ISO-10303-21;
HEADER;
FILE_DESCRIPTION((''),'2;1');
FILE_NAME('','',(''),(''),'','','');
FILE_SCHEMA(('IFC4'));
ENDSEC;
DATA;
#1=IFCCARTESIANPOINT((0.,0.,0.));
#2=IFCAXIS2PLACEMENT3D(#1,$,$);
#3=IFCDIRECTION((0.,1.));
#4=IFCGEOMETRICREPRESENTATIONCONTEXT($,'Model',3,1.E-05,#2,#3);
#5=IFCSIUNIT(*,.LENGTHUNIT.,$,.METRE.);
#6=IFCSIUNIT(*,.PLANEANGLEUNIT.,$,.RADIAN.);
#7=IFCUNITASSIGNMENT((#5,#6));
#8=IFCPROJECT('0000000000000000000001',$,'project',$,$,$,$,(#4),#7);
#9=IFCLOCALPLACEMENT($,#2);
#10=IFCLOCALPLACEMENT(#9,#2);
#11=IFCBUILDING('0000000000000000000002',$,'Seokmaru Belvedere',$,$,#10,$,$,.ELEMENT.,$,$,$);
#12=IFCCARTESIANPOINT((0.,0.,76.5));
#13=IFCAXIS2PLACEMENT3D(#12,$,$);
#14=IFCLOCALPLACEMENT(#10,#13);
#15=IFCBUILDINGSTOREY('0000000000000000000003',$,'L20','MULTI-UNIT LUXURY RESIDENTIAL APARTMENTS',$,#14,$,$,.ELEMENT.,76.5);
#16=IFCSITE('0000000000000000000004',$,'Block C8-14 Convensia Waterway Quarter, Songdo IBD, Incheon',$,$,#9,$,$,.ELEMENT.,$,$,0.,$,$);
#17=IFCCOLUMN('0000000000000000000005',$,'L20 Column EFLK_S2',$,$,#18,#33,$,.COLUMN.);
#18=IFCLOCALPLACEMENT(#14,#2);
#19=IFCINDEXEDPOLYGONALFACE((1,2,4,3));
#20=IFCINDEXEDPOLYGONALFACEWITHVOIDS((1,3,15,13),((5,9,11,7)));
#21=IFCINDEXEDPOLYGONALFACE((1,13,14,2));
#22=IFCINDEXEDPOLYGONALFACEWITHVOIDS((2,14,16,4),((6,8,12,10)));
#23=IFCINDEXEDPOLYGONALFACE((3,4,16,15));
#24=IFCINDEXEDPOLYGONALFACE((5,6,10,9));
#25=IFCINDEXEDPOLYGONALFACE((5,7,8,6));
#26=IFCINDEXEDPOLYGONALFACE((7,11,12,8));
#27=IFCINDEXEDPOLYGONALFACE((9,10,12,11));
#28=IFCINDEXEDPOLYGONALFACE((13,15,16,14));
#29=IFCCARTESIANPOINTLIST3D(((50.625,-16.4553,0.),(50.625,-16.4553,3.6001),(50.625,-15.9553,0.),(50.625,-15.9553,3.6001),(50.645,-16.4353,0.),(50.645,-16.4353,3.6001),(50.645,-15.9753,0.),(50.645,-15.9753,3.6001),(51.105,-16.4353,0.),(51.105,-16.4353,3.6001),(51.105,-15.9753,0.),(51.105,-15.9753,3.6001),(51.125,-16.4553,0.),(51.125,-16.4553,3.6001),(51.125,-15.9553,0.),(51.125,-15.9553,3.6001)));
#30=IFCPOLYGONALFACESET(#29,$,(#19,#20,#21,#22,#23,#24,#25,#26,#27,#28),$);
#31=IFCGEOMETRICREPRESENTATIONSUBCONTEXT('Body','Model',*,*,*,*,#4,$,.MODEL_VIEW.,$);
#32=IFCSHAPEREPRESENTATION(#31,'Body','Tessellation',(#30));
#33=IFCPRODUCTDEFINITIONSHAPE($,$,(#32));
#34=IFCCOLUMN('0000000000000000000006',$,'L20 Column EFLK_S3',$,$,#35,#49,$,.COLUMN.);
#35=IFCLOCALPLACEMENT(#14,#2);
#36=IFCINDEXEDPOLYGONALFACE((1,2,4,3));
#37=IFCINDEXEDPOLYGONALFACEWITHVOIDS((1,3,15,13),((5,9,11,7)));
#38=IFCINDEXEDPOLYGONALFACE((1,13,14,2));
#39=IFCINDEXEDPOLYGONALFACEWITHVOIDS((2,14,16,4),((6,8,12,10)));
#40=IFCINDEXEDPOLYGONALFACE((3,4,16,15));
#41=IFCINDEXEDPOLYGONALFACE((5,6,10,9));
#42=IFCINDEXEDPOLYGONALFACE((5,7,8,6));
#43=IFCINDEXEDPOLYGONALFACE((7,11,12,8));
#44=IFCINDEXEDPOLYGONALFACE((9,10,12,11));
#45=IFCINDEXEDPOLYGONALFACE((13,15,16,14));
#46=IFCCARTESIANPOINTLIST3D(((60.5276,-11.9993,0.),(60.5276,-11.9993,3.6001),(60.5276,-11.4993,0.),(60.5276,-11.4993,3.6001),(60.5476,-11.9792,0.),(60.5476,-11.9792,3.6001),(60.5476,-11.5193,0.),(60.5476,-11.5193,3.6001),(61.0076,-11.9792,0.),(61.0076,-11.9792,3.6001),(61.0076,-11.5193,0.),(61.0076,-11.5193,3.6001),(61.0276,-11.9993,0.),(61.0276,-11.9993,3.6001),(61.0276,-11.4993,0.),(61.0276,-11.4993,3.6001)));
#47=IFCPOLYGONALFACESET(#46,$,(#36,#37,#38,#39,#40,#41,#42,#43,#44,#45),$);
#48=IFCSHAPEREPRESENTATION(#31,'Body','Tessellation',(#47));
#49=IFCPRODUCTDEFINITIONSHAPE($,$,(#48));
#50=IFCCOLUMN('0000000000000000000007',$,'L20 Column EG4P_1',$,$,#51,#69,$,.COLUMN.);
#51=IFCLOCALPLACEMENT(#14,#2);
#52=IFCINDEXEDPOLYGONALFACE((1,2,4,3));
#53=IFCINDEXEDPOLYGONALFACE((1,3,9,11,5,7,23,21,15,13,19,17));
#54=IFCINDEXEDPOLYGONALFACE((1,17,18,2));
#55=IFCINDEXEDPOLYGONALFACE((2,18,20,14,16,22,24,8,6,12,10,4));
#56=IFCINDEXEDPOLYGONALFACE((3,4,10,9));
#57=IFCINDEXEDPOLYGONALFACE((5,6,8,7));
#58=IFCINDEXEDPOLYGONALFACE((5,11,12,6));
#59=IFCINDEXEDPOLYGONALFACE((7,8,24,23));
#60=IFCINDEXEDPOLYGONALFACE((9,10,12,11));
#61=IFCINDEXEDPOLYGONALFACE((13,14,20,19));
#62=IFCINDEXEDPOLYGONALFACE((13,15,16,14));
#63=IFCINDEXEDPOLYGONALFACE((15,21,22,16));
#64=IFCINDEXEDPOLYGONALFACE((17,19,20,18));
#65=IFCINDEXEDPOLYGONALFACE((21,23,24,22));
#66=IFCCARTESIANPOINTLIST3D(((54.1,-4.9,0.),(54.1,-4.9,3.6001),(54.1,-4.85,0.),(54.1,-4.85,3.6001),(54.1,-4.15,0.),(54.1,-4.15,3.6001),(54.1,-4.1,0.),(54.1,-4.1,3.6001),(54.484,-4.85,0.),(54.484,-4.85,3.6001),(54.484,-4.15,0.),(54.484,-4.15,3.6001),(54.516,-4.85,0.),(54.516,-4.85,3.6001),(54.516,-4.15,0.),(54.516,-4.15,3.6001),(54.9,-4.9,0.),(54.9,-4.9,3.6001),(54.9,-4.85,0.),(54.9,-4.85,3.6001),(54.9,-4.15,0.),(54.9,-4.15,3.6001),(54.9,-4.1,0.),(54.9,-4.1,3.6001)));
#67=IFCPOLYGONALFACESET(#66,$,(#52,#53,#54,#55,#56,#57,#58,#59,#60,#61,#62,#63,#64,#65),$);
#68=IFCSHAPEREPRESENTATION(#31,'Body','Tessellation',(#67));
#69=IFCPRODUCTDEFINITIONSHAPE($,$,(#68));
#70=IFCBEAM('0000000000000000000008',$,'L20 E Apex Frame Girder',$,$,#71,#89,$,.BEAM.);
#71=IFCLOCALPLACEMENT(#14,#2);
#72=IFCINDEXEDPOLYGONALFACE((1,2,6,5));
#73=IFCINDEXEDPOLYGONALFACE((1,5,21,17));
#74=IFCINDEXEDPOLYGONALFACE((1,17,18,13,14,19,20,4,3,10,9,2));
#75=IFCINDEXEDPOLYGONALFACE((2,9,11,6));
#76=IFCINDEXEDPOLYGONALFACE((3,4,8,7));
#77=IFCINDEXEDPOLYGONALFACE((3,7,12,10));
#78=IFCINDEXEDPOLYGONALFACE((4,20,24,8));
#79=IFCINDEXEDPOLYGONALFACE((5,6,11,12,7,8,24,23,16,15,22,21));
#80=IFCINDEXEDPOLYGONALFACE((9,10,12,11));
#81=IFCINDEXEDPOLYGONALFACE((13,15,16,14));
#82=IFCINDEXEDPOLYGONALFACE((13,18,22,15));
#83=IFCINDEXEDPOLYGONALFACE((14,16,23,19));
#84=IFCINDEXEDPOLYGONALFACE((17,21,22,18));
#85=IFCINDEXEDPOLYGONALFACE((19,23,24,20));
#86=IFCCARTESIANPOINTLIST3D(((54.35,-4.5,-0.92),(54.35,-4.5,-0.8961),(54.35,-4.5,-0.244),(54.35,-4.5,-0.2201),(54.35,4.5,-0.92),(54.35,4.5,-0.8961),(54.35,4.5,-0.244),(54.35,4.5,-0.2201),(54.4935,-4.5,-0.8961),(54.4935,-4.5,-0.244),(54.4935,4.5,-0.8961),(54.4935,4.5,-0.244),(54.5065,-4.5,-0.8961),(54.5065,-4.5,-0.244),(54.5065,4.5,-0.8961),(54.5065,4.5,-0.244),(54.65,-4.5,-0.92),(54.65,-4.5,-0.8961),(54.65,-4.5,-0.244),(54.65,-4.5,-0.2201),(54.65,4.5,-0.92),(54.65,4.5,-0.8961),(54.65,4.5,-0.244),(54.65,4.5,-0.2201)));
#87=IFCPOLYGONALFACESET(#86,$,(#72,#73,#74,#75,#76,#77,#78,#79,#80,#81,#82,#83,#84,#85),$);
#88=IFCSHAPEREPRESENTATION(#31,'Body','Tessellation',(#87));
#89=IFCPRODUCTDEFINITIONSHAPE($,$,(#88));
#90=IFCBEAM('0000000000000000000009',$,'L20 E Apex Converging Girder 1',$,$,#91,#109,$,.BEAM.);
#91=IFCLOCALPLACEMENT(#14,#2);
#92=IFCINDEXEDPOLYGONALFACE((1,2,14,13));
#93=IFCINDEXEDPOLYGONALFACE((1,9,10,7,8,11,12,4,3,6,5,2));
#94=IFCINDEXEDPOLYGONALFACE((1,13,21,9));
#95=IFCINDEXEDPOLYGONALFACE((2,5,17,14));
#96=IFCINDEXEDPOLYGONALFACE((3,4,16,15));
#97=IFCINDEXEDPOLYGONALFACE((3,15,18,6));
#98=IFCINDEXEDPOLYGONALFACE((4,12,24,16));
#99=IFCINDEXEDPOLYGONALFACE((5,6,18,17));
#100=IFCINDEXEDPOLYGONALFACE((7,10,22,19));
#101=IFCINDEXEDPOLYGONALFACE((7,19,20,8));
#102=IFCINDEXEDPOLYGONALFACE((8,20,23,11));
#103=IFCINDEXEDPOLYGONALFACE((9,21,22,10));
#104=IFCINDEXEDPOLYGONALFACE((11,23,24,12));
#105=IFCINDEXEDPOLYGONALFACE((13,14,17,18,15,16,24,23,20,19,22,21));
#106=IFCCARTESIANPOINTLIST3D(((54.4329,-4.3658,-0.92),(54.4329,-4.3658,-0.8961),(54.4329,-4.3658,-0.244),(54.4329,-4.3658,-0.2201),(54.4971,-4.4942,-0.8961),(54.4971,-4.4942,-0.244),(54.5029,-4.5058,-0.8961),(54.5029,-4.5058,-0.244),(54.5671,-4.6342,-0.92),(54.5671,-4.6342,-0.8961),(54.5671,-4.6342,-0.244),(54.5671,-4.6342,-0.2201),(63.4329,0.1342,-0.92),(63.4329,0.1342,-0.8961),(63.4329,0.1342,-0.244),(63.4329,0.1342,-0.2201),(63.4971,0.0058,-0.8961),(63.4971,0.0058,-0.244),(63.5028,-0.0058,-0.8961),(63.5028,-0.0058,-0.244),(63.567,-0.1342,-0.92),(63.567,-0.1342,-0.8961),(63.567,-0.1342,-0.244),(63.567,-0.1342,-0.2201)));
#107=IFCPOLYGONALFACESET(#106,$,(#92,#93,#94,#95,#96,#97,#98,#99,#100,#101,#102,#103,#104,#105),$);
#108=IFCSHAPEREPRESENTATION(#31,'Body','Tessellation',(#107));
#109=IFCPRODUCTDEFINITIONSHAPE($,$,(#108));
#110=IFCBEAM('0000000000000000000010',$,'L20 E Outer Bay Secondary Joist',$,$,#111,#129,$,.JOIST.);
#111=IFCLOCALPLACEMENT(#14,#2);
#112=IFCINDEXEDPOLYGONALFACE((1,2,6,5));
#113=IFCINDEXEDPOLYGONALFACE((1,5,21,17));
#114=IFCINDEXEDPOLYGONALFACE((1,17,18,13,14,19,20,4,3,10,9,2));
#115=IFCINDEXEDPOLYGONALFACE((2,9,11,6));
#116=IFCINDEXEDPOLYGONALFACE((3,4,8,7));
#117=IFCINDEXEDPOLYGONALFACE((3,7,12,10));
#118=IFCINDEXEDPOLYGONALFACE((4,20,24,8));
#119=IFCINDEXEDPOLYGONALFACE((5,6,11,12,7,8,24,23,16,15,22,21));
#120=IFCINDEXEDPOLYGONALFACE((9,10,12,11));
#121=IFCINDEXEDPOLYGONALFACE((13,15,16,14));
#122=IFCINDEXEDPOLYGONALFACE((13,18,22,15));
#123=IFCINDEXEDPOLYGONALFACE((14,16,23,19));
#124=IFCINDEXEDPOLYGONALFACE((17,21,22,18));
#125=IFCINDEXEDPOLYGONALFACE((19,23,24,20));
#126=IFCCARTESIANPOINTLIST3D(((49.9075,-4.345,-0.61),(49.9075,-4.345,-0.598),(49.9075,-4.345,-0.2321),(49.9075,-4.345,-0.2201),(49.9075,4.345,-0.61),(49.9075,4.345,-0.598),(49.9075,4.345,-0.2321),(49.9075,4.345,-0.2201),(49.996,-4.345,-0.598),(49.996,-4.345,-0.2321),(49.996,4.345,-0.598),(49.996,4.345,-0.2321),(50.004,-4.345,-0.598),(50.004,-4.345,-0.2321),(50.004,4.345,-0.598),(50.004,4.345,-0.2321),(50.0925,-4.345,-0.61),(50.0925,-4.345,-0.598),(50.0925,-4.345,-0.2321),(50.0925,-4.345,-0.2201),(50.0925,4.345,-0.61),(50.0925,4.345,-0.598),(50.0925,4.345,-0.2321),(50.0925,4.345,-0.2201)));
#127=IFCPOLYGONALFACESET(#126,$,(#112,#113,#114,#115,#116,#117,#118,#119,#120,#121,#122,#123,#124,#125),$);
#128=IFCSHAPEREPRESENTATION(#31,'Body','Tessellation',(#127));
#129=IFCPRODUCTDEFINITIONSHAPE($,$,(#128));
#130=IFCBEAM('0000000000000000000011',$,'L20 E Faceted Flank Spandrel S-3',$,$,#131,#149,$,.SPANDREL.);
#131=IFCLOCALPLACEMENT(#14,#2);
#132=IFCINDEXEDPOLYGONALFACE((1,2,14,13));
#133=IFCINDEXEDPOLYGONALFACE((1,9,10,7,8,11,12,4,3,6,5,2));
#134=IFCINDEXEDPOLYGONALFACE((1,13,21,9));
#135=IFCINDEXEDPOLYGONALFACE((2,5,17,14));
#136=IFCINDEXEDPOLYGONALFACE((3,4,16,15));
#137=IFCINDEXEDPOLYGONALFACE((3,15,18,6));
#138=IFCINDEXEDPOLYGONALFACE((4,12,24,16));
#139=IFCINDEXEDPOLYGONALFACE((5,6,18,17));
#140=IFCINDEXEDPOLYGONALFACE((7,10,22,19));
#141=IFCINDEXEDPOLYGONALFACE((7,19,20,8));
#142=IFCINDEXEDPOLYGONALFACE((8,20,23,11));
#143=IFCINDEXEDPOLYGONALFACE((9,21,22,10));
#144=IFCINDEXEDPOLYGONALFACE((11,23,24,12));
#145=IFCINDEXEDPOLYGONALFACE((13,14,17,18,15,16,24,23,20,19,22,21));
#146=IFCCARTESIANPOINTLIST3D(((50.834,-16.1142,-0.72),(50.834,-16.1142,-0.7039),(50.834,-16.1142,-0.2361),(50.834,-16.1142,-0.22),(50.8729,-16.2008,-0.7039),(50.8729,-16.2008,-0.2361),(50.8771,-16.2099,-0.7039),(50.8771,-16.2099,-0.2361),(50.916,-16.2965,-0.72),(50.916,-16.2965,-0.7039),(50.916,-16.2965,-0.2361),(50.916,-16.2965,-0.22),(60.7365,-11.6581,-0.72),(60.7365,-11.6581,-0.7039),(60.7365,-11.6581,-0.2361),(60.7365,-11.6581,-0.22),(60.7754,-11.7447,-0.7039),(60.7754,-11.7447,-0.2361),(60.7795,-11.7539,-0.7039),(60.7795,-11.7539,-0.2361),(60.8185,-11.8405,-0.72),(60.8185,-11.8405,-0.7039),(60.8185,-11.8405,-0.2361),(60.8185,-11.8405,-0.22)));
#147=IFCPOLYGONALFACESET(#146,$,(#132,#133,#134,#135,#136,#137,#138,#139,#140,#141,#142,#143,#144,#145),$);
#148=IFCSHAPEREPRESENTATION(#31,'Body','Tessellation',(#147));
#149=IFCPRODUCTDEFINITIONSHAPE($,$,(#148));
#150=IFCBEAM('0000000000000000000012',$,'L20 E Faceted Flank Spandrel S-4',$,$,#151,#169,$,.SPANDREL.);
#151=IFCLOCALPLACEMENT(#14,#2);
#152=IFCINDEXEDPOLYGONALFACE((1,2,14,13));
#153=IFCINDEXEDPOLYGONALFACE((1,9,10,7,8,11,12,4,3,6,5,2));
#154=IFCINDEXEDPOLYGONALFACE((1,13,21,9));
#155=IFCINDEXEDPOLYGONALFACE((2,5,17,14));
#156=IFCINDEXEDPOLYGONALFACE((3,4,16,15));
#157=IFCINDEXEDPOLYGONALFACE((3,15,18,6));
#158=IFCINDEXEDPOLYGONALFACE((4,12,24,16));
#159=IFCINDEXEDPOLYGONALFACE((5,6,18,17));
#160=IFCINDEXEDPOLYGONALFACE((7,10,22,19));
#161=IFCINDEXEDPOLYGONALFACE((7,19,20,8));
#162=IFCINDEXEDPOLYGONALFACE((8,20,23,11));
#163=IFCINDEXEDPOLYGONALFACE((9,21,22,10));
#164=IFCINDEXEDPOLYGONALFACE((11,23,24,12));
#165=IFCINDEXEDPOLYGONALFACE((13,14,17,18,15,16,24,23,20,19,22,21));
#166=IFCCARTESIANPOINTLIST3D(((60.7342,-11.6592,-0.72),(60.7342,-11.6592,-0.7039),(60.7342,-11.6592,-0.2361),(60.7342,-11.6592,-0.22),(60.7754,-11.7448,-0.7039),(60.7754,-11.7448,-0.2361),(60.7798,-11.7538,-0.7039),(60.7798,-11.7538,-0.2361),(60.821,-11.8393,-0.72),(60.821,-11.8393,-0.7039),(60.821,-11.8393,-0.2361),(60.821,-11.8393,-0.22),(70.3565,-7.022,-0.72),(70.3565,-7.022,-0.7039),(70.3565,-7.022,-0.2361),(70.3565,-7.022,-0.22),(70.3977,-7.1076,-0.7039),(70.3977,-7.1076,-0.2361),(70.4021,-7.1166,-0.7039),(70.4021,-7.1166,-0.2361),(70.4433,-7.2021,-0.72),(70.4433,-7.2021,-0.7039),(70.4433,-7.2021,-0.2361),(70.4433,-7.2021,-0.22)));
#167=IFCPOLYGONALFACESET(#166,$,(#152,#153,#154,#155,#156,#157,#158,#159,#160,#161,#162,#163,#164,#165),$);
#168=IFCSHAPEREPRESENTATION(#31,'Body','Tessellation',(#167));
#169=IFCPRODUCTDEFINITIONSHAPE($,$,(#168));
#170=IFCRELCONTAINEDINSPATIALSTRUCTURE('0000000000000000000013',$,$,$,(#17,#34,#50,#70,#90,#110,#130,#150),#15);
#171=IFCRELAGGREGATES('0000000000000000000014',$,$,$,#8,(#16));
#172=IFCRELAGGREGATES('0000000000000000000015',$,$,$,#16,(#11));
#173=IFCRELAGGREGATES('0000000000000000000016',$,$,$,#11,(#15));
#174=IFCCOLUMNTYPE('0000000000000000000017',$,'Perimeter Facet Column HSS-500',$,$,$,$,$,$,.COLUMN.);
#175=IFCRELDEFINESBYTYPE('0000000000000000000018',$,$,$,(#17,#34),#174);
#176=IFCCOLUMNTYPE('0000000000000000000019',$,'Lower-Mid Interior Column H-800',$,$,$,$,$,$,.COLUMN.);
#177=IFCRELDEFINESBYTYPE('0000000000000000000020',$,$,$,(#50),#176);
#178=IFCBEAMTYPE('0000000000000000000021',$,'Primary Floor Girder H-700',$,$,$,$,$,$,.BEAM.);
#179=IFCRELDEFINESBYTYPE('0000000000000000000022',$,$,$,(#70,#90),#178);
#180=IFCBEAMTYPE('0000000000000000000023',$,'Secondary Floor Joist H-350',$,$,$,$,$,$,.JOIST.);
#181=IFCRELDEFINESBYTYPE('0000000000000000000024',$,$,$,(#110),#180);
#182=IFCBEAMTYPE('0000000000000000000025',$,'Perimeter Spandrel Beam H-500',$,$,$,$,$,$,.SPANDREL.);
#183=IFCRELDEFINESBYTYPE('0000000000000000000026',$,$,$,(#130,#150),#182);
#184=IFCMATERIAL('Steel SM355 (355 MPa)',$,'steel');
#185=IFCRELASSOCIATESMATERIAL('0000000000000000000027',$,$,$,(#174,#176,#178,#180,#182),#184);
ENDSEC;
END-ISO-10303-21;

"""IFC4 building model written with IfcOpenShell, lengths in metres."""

from ifc_helpers import new_model, si_unit, direction, frame, origin, origin_2d, place, context, subcontext, project, spatial, hollow_rectangle, i_section, extrude, source, transform, mapped, material, material_profile, profile_set, type_object, type_shapes, element, save


model = new_model("IFC4")

# Units and contexts
model_context = context("Model", 3, precision=1e-05, world=origin(), true_north=direction((0.0, 1.0)))
body_context = subcontext(model_context, "Body", "Model", "MODEL_VIEW")
ifc_project = project(units=[si_unit("LENGTHUNIT", "METRE"), si_unit("PLANEANGLEUNIT", "RADIAN")], contexts=[model_context])

# Site, building, storey
site_placement = place(None, origin())
site = spatial("IfcSite", under=ifc_project, at=site_placement, Name="Block C8-14 Convensia Waterway Quarter, Songdo IBD, Incheon", CompositionType="ELEMENT", RefElevation=0.0)
building_placement = place(site_placement, origin())
building = spatial("IfcBuilding", under=site, at=building_placement, Name="Seokmaru Belvedere", CompositionType="ELEMENT")
storey_placement = place(building_placement, frame((0.0, 0.0, 76.5)))
storey = spatial("IfcBuildingStorey", under=building, at=storey_placement, Name="L20", Description="MULTI-UNIT LUXURY RESIDENTIAL APARTMENTS", CompositionType="ELEMENT", Elevation=76.5)

# Columns
ifc_material_1 = material(Name="Steel SM355 (355 MPa)", Category="steel")
ifc_material_profile_1 = material_profile(ifc_material_1, hollow_rectangle(XDim=0.5, YDim=0.5, WallThickness=0.02, at=origin_2d()), Name="HSS-500x500x20")
ifc_profile_set_1 = profile_set([ifc_material_profile_1], Name="Steel SM355 (355 MPa)")
column_type_1 = type_object("IfcColumnType", Name="Perimeter Facet Column HSS-500", PredefinedType="COLUMN", material=ifc_profile_set_1)
shared_shape_1 = source(origin(), body_context, "Body", "SweptSolid", [
    extrude(hollow_rectangle(XDim=0.5, YDim=0.5, WallThickness=0.02, at=origin_2d()), origin(), (0.0, 0.0, 1.0), 3.6001),
])
type_shapes(column_type_1, [shared_shape_1])
for number, where, z_axis, x_axis, name in (
    (1, (50.875, -16.2053, 0.0), (0.0, 0.0, 1.0), (1.0, 0.0, 0.0), "L20 Column EFLK_S2"),
    (2, (60.7776, -11.7493, 0.0), (0.0, 0.0, 1.0), (1.0, 0.0, 0.0), "L20 Column EFLK_S3"),
):
    element("IfcColumn", number, at=place(storey_placement, frame(where, z_axis=z_axis, x_axis=x_axis)), inside=storey, type_object=column_type_1, Name=name, PredefinedType="COLUMN", context=body_context, shape_type="MappedRepresentation", body=[
        mapped(shared_shape_1, transform((0.0, 0.0, 0.0), scale=1.0)),
    ])
ifc_material_profile_2 = material_profile(ifc_material_1, i_section(OverallWidth=0.8, OverallDepth=0.8, WebThickness=0.032, FlangeThickness=0.05, at=origin_2d()), Name="H-800x800x32x50")
ifc_profile_set_2 = profile_set([ifc_material_profile_2], Name="Steel SM355 (355 MPa)")
column_type_2 = type_object("IfcColumnType", Name="Lower-Mid Interior Column H-800", PredefinedType="COLUMN", material=ifc_profile_set_2)
shared_shape_2 = source(origin(), body_context, "Body", "SweptSolid", [
    extrude(i_section(OverallWidth=0.8, OverallDepth=0.8, WebThickness=0.032, FlangeThickness=0.05, at=origin_2d()), origin(), (0.0, 0.0, 1.0), 3.6001),
])
type_shapes(column_type_2, [shared_shape_2])
column_placement = place(storey_placement, frame((54.5, -4.5, 0.0), z_axis=(0.0, 0.0, 1.0), x_axis=(1.0, 0.0, 0.0)))
element("IfcColumn", 3, at=column_placement, inside=storey, type_object=column_type_2, Name="L20 Column EG4P_1", PredefinedType="COLUMN", context=body_context, shape_type="MappedRepresentation", body=[
    mapped(shared_shape_2, transform((0.0, 0.0, 0.0), scale=1.0)),
])

# Beams
ifc_material_profile_3 = material_profile(ifc_material_1, i_section(OverallWidth=0.3, OverallDepth=0.7, WebThickness=0.0129, FlangeThickness=0.0239, at=origin_2d()), Name="H-700x300x13x24")
ifc_profile_set_3 = profile_set([ifc_material_profile_3], Name="Steel SM355 (355 MPa)")
beam_type_1 = type_object("IfcBeamType", Name="Primary Floor Girder H-700", PredefinedType="BEAM", material=ifc_profile_set_3)
shared_shape_3 = source(origin(), body_context, "Body", "SweptSolid", [
    extrude(i_section(OverallWidth=0.3, OverallDepth=0.7, WebThickness=0.0129, FlangeThickness=0.0239, at=origin_2d()), origin(), (0.0, 0.0, 1.0), 9.0),
])
beam_1_placement = place(storey_placement, frame((54.5, -4.5, -0.5701), z_axis=(0.0, 1.0, 0.0), x_axis=(-1.0, 0.0, 0.0)))
element("IfcBeam", 4, at=beam_1_placement, inside=storey, type_object=beam_type_1, Name="L20 E Apex Frame Girder", PredefinedType="BEAM", context=body_context, shape_type="MappedRepresentation", body=[
    mapped(shared_shape_3, transform((0.0, 0.0, 0.0), scale=1.0)),
])
shared_shape_4 = source(origin(), body_context, "Body", "SweptSolid", [
    extrude(i_section(OverallWidth=0.3, OverallDepth=0.7, WebThickness=0.0129, FlangeThickness=0.0239, at=origin_2d()), origin(), (0.0, 0.0, 1.0), 10.0623),
])
beam_2_placement = place(storey_placement, frame((54.5, -4.5, -0.5701), z_axis=(0.894427, 0.447214, 0.0), x_axis=(-0.447214, 0.894427, 0.0)))
element("IfcBeam", 5, at=beam_2_placement, inside=storey, type_object=beam_type_1, Name="L20 E Apex Converging Girder 1", PredefinedType="BEAM", context=body_context, shape_type="MappedRepresentation", body=[
    mapped(shared_shape_4, transform((0.0, 0.0, 0.0), scale=1.0)),
])
ifc_material_profile_4 = material_profile(ifc_material_1, i_section(OverallWidth=0.1851, OverallDepth=0.3899, WebThickness=0.0081, FlangeThickness=0.012, at=origin_2d()), Name="H-390x185x8x12")
ifc_profile_set_4 = profile_set([ifc_material_profile_4], Name="Steel SM355 (355 MPa)")
beam_type_2 = type_object("IfcBeamType", Name="Secondary Floor Joist H-350", PredefinedType="JOIST", material=ifc_profile_set_4)
shared_shape_5 = source(origin(), body_context, "Body", "SweptSolid", [
    extrude(i_section(OverallWidth=0.1851, OverallDepth=0.3899, WebThickness=0.0081, FlangeThickness=0.012, at=origin_2d()), origin(), (0.0, 0.0, 1.0), 8.6899),
])
type_shapes(beam_type_2, [shared_shape_5])
beam_3_placement = place(storey_placement, frame((50.0, -4.345, -0.415), z_axis=(0.0, 1.0, 0.0), x_axis=(-1.0, 0.0, 0.0)))
element("IfcBeam", 6, at=beam_3_placement, inside=storey, type_object=beam_type_2, Name="L20 E Outer Bay Secondary Joist", PredefinedType="JOIST", context=body_context, shape_type="MappedRepresentation", body=[
    mapped(shared_shape_5, transform((0.0, 0.0, 0.0), scale=1.0)),
])
ifc_material_profile_5 = material_profile(ifc_material_1, i_section(OverallWidth=0.2, OverallDepth=0.5, WebThickness=0.01, FlangeThickness=0.0161, at=origin_2d()), Name="H-500x200x10x16")
ifc_profile_set_5 = profile_set([ifc_material_profile_5], Name="Steel SM355 (355 MPa)")
beam_type_3 = type_object("IfcBeamType", Name="Perimeter Spandrel Beam H-500", PredefinedType="SPANDREL", material=ifc_profile_set_5)
shared_shape_6 = source(origin(), body_context, "Body", "SweptSolid", [
    extrude(i_section(OverallWidth=0.2, OverallDepth=0.5, WebThickness=0.01, FlangeThickness=0.0161, at=origin_2d()), origin(), (0.0, 0.0, 1.0), 10.8589),
])
beam_4_placement = place(storey_placement, frame((50.875, -16.2053, -0.47), z_axis=(0.911925, 0.410356, 0.0), x_axis=(-0.410356, 0.911925, 0.0)))
element("IfcBeam", 7, at=beam_4_placement, inside=storey, type_object=beam_type_3, Name="L20 E Faceted Flank Spandrel S-3", PredefinedType="SPANDREL", context=body_context, shape_type="MappedRepresentation", body=[
    mapped(shared_shape_6, transform((0.0, 0.0, 0.0), scale=1.0)),
])
shared_shape_7 = source(origin(), body_context, "Body", "SweptSolid", [
    extrude(i_section(OverallWidth=0.2, OverallDepth=0.5, WebThickness=0.01, FlangeThickness=0.0161, at=origin_2d()), origin(), (0.0, 0.0, 1.0), 10.6814),
])
type_shapes(beam_type_3, [shared_shape_6, shared_shape_7])
beam_5_placement = place(storey_placement, frame((60.7776, -11.7493, -0.47), z_axis=(0.900846, 0.434138, 0.0), x_axis=(-0.434138, 0.900846, 0.0)))
element("IfcBeam", 8, at=beam_5_placement, inside=storey, type_object=beam_type_3, Name="L20 E Faceted Flank Spandrel S-4", PredefinedType="SPANDREL", context=body_context, shape_type="MappedRepresentation", body=[
    mapped(shared_shape_7, transform((0.0, 0.0, 0.0), scale=1.0)),
])

save(model, "model.ifc")
